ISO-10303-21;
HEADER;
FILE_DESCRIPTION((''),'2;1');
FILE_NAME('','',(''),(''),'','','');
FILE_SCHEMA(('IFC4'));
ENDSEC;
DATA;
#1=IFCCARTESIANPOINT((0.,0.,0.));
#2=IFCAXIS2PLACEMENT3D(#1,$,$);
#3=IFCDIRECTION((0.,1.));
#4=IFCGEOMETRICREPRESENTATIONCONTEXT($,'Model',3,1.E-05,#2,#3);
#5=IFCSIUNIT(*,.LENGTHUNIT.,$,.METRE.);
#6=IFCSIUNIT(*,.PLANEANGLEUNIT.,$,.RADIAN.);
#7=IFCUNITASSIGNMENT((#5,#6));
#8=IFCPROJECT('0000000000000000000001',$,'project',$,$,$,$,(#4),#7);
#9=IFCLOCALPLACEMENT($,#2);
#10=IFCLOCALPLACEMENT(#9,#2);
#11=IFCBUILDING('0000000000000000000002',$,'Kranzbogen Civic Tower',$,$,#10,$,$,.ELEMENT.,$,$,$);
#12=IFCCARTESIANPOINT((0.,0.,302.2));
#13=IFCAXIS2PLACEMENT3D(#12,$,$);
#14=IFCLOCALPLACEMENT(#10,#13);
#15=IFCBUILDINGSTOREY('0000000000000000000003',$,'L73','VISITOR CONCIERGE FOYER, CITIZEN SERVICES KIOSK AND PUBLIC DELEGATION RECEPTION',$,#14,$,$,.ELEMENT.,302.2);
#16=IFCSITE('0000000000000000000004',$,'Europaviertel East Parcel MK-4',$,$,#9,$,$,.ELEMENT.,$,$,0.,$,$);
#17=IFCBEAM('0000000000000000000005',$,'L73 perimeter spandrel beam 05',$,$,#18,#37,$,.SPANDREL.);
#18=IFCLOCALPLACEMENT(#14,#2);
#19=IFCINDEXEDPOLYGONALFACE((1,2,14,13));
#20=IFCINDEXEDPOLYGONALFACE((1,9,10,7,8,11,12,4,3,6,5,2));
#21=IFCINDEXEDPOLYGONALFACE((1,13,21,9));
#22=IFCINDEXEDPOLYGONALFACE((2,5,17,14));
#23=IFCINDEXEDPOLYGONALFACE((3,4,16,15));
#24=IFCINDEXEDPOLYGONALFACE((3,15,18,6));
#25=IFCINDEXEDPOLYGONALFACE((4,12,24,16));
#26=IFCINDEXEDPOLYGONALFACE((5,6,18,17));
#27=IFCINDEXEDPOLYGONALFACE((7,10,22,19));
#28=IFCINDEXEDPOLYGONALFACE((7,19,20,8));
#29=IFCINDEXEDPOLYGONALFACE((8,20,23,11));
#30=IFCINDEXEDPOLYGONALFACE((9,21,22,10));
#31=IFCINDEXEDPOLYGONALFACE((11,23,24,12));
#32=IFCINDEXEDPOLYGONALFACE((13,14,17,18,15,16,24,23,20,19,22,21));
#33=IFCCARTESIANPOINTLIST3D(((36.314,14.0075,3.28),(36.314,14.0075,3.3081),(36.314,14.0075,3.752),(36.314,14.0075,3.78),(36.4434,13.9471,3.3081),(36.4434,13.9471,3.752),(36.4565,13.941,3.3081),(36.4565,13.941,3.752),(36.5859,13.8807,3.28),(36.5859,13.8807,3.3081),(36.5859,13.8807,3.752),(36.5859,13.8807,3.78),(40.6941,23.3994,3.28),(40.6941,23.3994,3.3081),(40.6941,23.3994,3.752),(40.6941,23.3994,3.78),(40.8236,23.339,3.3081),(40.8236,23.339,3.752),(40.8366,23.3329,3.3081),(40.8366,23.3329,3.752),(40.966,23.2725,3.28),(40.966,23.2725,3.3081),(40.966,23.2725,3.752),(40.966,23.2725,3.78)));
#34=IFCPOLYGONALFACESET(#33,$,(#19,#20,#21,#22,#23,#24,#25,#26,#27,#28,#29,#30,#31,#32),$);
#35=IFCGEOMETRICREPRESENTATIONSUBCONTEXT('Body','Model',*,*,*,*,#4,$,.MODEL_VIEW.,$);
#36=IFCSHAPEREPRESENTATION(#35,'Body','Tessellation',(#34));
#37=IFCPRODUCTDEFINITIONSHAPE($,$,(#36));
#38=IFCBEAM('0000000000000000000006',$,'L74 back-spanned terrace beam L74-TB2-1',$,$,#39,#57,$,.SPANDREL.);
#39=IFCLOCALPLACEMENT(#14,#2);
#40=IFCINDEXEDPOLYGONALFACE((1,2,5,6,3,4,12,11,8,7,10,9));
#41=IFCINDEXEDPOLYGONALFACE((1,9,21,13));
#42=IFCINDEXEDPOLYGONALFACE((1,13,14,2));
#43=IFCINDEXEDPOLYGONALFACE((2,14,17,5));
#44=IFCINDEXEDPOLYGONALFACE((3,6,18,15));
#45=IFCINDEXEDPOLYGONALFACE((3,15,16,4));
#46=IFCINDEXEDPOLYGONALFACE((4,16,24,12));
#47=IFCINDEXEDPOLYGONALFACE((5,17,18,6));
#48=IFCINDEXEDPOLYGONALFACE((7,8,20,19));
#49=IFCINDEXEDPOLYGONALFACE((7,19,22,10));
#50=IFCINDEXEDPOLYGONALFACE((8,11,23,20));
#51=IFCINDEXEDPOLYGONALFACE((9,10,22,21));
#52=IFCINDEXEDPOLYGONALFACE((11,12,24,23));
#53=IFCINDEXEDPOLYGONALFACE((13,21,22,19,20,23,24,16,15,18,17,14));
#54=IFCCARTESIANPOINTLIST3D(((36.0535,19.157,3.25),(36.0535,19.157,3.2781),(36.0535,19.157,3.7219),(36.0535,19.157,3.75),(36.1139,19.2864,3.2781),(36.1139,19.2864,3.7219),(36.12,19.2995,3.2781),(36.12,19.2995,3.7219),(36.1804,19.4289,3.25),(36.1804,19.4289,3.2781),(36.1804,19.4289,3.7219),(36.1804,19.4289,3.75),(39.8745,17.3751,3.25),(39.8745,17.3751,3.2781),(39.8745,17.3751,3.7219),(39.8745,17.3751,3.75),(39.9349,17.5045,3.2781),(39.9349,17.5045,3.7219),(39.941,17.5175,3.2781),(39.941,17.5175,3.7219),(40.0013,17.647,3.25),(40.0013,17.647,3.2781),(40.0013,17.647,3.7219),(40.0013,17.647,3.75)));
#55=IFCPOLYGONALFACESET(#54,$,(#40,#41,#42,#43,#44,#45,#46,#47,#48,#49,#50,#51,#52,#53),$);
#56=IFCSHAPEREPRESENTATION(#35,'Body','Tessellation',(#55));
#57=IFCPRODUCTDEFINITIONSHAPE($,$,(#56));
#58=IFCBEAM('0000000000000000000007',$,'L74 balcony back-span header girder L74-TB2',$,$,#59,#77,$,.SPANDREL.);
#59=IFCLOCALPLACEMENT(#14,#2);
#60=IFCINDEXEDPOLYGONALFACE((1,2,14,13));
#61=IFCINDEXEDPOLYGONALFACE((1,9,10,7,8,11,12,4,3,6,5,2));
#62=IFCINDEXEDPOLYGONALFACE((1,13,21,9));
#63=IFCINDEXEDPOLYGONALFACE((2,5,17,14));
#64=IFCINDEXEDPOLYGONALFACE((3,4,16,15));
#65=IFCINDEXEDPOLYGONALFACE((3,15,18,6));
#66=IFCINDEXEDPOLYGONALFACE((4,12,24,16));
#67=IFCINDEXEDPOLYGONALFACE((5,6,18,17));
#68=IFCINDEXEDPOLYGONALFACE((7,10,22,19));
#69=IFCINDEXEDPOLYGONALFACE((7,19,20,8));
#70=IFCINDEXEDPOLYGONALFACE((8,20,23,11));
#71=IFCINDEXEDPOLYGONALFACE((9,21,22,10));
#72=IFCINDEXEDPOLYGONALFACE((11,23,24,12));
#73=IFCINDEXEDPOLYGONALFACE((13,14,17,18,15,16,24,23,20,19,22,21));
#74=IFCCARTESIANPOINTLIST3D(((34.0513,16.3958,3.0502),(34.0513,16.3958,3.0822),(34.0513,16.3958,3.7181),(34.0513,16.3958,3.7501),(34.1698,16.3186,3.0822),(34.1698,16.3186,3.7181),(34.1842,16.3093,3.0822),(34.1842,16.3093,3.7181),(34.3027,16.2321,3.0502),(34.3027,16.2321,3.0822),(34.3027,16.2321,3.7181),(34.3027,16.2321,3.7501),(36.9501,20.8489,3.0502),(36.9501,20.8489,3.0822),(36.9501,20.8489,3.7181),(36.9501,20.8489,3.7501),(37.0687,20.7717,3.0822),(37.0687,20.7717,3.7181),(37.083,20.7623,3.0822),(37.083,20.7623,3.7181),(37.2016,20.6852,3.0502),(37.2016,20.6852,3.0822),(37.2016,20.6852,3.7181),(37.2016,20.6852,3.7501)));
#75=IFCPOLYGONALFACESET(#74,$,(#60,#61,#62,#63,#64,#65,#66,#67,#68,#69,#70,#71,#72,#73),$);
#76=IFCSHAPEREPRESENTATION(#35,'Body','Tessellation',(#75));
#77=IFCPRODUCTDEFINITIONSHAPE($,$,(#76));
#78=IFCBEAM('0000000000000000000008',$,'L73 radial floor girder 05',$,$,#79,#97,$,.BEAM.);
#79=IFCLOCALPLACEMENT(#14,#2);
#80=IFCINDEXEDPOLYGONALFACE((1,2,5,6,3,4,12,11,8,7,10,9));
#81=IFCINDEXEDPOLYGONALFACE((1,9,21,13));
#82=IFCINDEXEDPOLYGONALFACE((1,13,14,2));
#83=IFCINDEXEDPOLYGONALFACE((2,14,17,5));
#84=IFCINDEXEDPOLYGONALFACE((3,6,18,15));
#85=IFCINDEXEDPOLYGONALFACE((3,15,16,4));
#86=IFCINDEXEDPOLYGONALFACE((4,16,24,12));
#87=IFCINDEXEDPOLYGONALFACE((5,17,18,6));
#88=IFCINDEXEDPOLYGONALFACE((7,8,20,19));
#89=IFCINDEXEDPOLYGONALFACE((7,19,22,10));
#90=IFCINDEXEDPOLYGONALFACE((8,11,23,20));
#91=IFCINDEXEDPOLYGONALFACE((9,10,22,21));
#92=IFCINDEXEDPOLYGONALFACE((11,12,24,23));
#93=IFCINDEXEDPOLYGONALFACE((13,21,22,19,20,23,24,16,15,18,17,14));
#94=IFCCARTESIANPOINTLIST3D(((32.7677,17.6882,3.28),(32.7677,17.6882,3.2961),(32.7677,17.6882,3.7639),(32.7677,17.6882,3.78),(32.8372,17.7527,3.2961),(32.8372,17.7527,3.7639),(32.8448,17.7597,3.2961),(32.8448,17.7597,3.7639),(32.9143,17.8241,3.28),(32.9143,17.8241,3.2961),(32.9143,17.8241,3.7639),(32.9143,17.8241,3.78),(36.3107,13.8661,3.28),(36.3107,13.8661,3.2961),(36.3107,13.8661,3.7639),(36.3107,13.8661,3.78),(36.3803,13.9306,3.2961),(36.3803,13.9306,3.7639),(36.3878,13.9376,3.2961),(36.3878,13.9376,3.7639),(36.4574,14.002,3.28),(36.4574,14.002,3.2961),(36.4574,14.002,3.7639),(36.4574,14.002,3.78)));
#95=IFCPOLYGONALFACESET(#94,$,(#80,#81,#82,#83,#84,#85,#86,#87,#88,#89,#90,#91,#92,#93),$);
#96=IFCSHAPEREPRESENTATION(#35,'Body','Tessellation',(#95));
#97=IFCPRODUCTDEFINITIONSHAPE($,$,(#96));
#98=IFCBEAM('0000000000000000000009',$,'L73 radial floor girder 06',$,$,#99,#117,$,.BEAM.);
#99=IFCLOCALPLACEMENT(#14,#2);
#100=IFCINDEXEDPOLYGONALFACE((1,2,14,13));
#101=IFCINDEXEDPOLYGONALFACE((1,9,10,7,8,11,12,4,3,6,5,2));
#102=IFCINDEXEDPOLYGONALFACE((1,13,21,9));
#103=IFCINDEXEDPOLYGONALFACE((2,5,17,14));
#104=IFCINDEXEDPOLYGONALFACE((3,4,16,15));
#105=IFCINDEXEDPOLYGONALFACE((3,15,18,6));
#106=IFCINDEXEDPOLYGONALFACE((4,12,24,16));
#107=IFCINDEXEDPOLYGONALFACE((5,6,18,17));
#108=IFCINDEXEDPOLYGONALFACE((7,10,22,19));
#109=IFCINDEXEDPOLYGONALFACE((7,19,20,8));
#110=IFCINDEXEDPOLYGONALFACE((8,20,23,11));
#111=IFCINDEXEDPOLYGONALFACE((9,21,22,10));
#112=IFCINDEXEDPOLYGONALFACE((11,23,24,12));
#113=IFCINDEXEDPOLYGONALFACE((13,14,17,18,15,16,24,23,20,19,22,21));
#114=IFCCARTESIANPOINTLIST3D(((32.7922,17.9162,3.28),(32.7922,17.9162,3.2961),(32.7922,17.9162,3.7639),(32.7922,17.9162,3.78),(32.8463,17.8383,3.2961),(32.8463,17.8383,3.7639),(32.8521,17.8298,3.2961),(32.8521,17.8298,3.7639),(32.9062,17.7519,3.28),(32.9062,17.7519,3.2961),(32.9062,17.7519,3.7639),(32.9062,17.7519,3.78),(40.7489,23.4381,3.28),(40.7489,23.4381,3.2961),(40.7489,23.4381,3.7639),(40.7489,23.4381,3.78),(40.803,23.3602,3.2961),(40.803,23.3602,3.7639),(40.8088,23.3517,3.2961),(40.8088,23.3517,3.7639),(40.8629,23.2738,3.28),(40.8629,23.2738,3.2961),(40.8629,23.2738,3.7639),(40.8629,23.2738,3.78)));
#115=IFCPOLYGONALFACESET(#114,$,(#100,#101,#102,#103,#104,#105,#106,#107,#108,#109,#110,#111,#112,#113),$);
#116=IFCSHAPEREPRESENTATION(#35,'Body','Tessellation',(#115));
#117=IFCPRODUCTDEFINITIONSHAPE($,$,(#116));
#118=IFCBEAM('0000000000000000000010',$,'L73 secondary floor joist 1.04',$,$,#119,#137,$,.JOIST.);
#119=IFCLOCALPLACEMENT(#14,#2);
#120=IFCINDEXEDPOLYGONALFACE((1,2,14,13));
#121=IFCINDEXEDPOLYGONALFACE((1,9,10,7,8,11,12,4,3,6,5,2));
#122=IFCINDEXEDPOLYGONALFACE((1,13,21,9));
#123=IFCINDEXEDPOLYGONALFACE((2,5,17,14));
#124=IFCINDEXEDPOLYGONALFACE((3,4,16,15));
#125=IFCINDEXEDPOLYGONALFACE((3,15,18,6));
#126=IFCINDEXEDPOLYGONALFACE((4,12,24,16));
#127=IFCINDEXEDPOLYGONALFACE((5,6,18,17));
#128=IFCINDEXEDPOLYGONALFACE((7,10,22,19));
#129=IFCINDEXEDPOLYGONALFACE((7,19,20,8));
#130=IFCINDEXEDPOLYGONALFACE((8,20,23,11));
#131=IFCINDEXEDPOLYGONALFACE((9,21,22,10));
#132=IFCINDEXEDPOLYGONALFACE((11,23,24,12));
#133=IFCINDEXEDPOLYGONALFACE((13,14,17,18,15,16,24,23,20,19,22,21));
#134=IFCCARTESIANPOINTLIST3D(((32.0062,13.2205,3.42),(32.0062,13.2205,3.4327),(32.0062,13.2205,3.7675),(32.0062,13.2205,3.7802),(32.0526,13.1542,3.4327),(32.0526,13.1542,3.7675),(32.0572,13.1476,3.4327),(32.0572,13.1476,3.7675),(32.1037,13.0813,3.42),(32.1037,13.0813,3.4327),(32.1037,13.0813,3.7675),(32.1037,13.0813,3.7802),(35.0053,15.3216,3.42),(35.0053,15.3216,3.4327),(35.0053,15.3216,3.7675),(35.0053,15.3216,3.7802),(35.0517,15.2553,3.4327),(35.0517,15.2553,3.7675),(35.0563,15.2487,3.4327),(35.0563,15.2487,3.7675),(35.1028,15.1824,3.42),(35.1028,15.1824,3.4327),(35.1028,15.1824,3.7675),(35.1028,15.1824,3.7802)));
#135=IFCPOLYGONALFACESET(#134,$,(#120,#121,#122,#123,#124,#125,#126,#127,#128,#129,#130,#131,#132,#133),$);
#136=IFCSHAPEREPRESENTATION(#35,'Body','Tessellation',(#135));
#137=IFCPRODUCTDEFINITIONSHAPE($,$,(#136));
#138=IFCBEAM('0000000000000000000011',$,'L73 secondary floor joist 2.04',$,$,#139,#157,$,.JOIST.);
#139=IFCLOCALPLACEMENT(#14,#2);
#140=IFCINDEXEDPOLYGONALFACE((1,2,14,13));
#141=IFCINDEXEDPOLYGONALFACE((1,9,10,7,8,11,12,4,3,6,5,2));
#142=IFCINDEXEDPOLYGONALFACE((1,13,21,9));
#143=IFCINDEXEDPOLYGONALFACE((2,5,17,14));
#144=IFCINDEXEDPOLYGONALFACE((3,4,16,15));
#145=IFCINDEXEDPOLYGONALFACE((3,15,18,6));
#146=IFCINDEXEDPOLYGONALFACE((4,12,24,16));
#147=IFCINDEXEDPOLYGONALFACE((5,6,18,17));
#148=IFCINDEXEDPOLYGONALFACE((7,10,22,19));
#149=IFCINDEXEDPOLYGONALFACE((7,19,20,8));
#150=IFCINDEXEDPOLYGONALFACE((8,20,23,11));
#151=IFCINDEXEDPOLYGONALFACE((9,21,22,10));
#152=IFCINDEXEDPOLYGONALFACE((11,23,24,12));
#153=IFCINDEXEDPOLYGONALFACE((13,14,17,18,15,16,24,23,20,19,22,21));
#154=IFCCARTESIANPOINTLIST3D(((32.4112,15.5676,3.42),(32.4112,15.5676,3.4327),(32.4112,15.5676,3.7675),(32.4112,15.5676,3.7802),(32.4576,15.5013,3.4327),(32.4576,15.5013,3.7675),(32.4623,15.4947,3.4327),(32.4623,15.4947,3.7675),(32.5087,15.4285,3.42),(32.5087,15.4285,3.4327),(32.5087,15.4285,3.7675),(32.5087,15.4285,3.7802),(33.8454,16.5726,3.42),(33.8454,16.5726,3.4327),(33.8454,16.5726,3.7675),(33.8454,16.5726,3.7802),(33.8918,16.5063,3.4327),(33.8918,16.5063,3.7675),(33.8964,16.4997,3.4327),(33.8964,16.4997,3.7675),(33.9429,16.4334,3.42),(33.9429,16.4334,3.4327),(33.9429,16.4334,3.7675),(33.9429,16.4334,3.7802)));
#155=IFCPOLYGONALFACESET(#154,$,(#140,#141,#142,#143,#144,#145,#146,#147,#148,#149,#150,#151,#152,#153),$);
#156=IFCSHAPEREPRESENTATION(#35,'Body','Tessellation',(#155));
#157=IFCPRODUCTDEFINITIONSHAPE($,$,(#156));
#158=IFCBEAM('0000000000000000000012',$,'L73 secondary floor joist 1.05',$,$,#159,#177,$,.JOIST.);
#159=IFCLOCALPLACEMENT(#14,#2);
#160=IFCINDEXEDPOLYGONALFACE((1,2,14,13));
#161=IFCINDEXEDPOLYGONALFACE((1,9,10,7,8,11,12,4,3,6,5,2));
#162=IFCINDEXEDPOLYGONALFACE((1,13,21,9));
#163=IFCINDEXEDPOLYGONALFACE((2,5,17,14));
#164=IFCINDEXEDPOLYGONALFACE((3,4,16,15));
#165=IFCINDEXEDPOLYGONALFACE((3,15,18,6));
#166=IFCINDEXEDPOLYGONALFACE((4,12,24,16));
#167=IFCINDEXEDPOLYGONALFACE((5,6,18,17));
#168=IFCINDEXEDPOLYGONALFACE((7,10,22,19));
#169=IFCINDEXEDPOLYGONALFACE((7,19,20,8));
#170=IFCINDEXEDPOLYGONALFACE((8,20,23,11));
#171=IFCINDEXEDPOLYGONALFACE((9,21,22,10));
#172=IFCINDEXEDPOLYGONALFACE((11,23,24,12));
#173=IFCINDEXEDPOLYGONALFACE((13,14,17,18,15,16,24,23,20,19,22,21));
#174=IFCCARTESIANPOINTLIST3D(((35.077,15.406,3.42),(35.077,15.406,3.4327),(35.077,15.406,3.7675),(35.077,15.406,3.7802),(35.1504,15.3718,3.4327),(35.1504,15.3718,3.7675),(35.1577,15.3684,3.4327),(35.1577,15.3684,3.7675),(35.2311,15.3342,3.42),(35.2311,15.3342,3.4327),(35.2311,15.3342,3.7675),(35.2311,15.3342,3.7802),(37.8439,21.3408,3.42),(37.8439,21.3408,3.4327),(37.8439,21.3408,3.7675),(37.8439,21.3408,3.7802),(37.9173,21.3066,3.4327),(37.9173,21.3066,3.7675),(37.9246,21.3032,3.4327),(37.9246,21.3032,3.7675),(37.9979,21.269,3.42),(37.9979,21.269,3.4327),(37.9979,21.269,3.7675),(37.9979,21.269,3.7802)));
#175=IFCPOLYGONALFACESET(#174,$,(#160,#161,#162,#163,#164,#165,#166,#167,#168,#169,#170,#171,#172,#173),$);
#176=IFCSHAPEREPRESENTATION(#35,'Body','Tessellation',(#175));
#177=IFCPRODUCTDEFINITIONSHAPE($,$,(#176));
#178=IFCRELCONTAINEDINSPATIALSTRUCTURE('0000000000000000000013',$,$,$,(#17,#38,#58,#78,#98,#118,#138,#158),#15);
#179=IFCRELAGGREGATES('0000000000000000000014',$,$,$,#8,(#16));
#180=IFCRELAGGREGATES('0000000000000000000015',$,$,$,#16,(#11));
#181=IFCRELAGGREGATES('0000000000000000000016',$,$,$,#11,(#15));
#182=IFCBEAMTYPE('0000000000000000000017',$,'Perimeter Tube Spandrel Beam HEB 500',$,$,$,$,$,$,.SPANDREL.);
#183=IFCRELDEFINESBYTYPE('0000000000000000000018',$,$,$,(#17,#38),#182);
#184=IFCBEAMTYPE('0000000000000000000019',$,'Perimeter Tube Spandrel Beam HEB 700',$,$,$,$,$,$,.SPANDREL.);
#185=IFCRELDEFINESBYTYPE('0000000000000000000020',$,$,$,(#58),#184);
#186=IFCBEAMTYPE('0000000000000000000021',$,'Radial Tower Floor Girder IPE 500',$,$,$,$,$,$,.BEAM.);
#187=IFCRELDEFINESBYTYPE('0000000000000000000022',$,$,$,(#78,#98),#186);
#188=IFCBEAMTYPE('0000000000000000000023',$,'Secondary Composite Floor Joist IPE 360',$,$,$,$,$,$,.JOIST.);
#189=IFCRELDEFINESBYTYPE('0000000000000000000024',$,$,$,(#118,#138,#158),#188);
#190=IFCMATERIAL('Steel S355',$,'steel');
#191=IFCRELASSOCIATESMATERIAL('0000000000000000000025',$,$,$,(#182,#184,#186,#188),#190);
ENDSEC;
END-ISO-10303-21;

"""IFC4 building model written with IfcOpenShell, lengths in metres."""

from ifc_helpers import new_model, si_unit, direction, frame, origin, origin_2d, place, context, subcontext, project, spatial, i_section, extrude, material, material_profile, profile_set, type_object, element, save


model = new_model("IFC4")

# Units and contexts
model_context = context("Model", 3, precision=1e-05, world=origin(), true_north=direction((0.0, 1.0)))
body_context = subcontext(model_context, "Body", "Model", "MODEL_VIEW")
ifc_project = project(units=[si_unit("LENGTHUNIT", "METRE"), si_unit("PLANEANGLEUNIT", "RADIAN")], contexts=[model_context])

# Site, building, storey
site_placement = place(None, origin())
site = spatial("IfcSite", under=ifc_project, at=site_placement, Name="Europaviertel East Parcel MK-4", CompositionType="ELEMENT", RefElevation=0.0)
building_placement = place(site_placement, origin())
building = spatial("IfcBuilding", under=site, at=building_placement, Name="Kranzbogen Civic Tower", CompositionType="ELEMENT")
storey_placement = place(building_placement, frame((0.0, 0.0, 302.2)))
storey = spatial("IfcBuildingStorey", under=building, at=storey_placement, Name="L73", Description="VISITOR CONCIERGE FOYER, CITIZEN SERVICES KIOSK AND PUBLIC DELEGATION RECEPTION", CompositionType="ELEMENT", Elevation=302.2)

# Shared definitions
ifc_material_1 = material(Name="Steel S355", Category="steel")

# Beams
ifc_material_profile_1 = material_profile(ifc_material_1, i_section(OverallWidth=0.3, OverallDepth=0.5, WebThickness=0.0144, FlangeThickness=0.0281, at=origin_2d()), Name="HEB 500")
ifc_profile_set_1 = profile_set([ifc_material_profile_1], Name="Steel S355")
beam_type_1 = type_object("IfcBeamType", Name="Perimeter Tube Spandrel Beam HEB 500", PredefinedType="SPANDREL", material=ifc_profile_set_1)
beam_1_placement = place(storey_placement, frame((36.45, 13.9441, 3.53), z_axis=(0.422669, 0.906284, 0.0), x_axis=(-0.906284, 0.422669, 0.0)))
element("IfcBeam", 1, at=beam_1_placement, inside=storey, type_object=beam_type_1, Name="L73 perimeter spandrel beam 05", PredefinedType="SPANDREL", context=body_context, shape_type="SweptSolid", body=[
    extrude(i_section(OverallWidth=0.3, OverallDepth=0.5, WebThickness=0.0144, FlangeThickness=0.0281, at=origin_2d()), origin(), (0.0, 0.0, 1.0), 10.363),
])
beam_2_placement = place(storey_placement, frame((36.1169, 19.293, 3.5), z_axis=(0.90629, -0.422657, 0.0), x_axis=(0.422657, 0.90629, 0.0)))
element("IfcBeam", 2, at=beam_2_placement, inside=storey, type_object=beam_type_1, Name="L74 back-spanned terrace beam L74-TB2-1", PredefinedType="SPANDREL", context=body_context, shape_type="SweptSolid", body=[
    extrude(i_section(OverallWidth=0.3, OverallDepth=0.5, WebThickness=0.0144, FlangeThickness=0.0281, at=origin_2d()), origin(), (0.0, 0.0, 1.0), 4.2161),
])
ifc_material_profile_2 = material_profile(ifc_material_1, i_section(OverallWidth=0.3, OverallDepth=0.7, WebThickness=0.0171, FlangeThickness=0.032, at=origin_2d()), Name="HEB 700")
ifc_profile_set_2 = profile_set([ifc_material_profile_2], Name="Steel S355")
beam_type_2 = type_object("IfcBeamType", Name="Perimeter Tube Spandrel Beam HEB 700", PredefinedType="SPANDREL", material=ifc_profile_set_2)
beam_3_placement = place(storey_placement, frame((34.177, 16.314, 3.4001), z_axis=(0.54557, 0.838066, 0.0), x_axis=(-0.838066, 0.54557, 0.0)))
element("IfcBeam", 3, at=beam_3_placement, inside=storey, type_object=beam_type_2, Name="L74 balcony back-span header girder L74-TB2", PredefinedType="SPANDREL", context=body_context, shape_type="SweptSolid", body=[
    extrude(i_section(OverallWidth=0.3, OverallDepth=0.7, WebThickness=0.0171, FlangeThickness=0.032, at=origin_2d()), origin(), (0.0, 0.0, 1.0), 5.3135),
])
ifc_material_profile_3 = material_profile(ifc_material_1, i_section(OverallWidth=0.2, OverallDepth=0.5, WebThickness=0.0103, FlangeThickness=0.0161, at=origin_2d()), Name="IPE 500")
ifc_profile_set_3 = profile_set([ifc_material_profile_3], Name="Steel S355")
beam_type_3 = type_object("IfcBeamType", Name="Radial Tower Floor Girder IPE 500", PredefinedType="BEAM", material=ifc_profile_set_3)
beam_4_placement = place(storey_placement, frame((36.384, 13.9341, 3.53), z_axis=(-0.679827, 0.733372, 0.0), x_axis=(-0.733372, -0.679827, 0.0)))
element("IfcBeam", 4, at=beam_4_placement, inside=storey, type_object=beam_type_3, Name="L73 radial floor girder 05", PredefinedType="BEAM", context=body_context, shape_type="SweptSolid", body=[
    extrude(i_section(OverallWidth=0.2, OverallDepth=0.5, WebThickness=0.0103, FlangeThickness=0.0161, at=origin_2d()), origin(), (0.0, 0.0, 1.0), 5.2117),
])
beam_5_placement = place(storey_placement, frame((40.8059, 23.356, 3.53), z_axis=(-0.821543, -0.570147, 0.0), x_axis=(0.570147, -0.821543, 0.0)))
element("IfcBeam", 5, at=beam_5_placement, inside=storey, type_object=beam_type_3, Name="L73 radial floor girder 06", PredefinedType="BEAM", context=body_context, shape_type="SweptSolid", body=[
    extrude(i_section(OverallWidth=0.2, OverallDepth=0.5, WebThickness=0.0103, FlangeThickness=0.0161, at=origin_2d()), origin(), (0.0, 0.0, 1.0), 9.6851),
])
ifc_material_profile_4 = material_profile(ifc_material_1, i_section(OverallWidth=0.1699, OverallDepth=0.3601, WebThickness=0.0081, FlangeThickness=0.0127, at=origin_2d()), Name="IPE 360")
ifc_profile_set_4 = profile_set([ifc_material_profile_4], Name="Steel S355")
beam_type_4 = type_object("IfcBeamType", Name="Secondary Composite Floor Joist IPE 360", PredefinedType="JOIST", material=ifc_profile_set_4)
beam_6_placement = place(storey_placement, frame((32.0549, 13.1509, 3.6001), z_axis=(0.819006, 0.573784, 0.0), x_axis=(-0.573784, 0.819006, 0.0)))
element("IfcBeam", 6, at=beam_6_placement, inside=storey, type_object=beam_type_4, Name="L73 secondary floor joist 1.04", PredefinedType="JOIST", context=body_context, shape_type="SweptSolid", body=[
    extrude(i_section(OverallWidth=0.1699, OverallDepth=0.3601, WebThickness=0.0081, FlangeThickness=0.0127, at=origin_2d()), origin(), (0.0, 0.0, 1.0), 3.6619),
])
beam_7_placement = place(storey_placement, frame((32.46, 15.498, 3.6001), z_axis=(0.818957, 0.573855, 0.0), x_axis=(-0.573855, 0.818957, 0.0)))
element("IfcBeam", 7, at=beam_7_placement, inside=storey, type_object=beam_type_4, Name="L73 secondary floor joist 2.04", PredefinedType="JOIST", context=body_context, shape_type="SweptSolid", body=[
    extrude(i_section(OverallWidth=0.1699, OverallDepth=0.3601, WebThickness=0.0081, FlangeThickness=0.0127, at=origin_2d()), origin(), (0.0, 0.0, 1.0), 1.7512),
])
beam_8_placement = place(storey_placement, frame((35.1541, 15.3701, 3.6001), z_axis=(0.422543, 0.906343, 0.0), x_axis=(-0.906343, 0.422543, 0.0)))
element("IfcBeam", 8, at=beam_8_placement, inside=storey, type_object=beam_type_4, Name="L73 secondary floor joist 1.05", PredefinedType="JOIST", context=body_context, shape_type="SweptSolid", body=[
    extrude(i_section(OverallWidth=0.1699, OverallDepth=0.3601, WebThickness=0.0081, FlangeThickness=0.0127, at=origin_2d()), origin(), (0.0, 0.0, 1.0), 6.5481),
])

save(model, "model.ifc")
